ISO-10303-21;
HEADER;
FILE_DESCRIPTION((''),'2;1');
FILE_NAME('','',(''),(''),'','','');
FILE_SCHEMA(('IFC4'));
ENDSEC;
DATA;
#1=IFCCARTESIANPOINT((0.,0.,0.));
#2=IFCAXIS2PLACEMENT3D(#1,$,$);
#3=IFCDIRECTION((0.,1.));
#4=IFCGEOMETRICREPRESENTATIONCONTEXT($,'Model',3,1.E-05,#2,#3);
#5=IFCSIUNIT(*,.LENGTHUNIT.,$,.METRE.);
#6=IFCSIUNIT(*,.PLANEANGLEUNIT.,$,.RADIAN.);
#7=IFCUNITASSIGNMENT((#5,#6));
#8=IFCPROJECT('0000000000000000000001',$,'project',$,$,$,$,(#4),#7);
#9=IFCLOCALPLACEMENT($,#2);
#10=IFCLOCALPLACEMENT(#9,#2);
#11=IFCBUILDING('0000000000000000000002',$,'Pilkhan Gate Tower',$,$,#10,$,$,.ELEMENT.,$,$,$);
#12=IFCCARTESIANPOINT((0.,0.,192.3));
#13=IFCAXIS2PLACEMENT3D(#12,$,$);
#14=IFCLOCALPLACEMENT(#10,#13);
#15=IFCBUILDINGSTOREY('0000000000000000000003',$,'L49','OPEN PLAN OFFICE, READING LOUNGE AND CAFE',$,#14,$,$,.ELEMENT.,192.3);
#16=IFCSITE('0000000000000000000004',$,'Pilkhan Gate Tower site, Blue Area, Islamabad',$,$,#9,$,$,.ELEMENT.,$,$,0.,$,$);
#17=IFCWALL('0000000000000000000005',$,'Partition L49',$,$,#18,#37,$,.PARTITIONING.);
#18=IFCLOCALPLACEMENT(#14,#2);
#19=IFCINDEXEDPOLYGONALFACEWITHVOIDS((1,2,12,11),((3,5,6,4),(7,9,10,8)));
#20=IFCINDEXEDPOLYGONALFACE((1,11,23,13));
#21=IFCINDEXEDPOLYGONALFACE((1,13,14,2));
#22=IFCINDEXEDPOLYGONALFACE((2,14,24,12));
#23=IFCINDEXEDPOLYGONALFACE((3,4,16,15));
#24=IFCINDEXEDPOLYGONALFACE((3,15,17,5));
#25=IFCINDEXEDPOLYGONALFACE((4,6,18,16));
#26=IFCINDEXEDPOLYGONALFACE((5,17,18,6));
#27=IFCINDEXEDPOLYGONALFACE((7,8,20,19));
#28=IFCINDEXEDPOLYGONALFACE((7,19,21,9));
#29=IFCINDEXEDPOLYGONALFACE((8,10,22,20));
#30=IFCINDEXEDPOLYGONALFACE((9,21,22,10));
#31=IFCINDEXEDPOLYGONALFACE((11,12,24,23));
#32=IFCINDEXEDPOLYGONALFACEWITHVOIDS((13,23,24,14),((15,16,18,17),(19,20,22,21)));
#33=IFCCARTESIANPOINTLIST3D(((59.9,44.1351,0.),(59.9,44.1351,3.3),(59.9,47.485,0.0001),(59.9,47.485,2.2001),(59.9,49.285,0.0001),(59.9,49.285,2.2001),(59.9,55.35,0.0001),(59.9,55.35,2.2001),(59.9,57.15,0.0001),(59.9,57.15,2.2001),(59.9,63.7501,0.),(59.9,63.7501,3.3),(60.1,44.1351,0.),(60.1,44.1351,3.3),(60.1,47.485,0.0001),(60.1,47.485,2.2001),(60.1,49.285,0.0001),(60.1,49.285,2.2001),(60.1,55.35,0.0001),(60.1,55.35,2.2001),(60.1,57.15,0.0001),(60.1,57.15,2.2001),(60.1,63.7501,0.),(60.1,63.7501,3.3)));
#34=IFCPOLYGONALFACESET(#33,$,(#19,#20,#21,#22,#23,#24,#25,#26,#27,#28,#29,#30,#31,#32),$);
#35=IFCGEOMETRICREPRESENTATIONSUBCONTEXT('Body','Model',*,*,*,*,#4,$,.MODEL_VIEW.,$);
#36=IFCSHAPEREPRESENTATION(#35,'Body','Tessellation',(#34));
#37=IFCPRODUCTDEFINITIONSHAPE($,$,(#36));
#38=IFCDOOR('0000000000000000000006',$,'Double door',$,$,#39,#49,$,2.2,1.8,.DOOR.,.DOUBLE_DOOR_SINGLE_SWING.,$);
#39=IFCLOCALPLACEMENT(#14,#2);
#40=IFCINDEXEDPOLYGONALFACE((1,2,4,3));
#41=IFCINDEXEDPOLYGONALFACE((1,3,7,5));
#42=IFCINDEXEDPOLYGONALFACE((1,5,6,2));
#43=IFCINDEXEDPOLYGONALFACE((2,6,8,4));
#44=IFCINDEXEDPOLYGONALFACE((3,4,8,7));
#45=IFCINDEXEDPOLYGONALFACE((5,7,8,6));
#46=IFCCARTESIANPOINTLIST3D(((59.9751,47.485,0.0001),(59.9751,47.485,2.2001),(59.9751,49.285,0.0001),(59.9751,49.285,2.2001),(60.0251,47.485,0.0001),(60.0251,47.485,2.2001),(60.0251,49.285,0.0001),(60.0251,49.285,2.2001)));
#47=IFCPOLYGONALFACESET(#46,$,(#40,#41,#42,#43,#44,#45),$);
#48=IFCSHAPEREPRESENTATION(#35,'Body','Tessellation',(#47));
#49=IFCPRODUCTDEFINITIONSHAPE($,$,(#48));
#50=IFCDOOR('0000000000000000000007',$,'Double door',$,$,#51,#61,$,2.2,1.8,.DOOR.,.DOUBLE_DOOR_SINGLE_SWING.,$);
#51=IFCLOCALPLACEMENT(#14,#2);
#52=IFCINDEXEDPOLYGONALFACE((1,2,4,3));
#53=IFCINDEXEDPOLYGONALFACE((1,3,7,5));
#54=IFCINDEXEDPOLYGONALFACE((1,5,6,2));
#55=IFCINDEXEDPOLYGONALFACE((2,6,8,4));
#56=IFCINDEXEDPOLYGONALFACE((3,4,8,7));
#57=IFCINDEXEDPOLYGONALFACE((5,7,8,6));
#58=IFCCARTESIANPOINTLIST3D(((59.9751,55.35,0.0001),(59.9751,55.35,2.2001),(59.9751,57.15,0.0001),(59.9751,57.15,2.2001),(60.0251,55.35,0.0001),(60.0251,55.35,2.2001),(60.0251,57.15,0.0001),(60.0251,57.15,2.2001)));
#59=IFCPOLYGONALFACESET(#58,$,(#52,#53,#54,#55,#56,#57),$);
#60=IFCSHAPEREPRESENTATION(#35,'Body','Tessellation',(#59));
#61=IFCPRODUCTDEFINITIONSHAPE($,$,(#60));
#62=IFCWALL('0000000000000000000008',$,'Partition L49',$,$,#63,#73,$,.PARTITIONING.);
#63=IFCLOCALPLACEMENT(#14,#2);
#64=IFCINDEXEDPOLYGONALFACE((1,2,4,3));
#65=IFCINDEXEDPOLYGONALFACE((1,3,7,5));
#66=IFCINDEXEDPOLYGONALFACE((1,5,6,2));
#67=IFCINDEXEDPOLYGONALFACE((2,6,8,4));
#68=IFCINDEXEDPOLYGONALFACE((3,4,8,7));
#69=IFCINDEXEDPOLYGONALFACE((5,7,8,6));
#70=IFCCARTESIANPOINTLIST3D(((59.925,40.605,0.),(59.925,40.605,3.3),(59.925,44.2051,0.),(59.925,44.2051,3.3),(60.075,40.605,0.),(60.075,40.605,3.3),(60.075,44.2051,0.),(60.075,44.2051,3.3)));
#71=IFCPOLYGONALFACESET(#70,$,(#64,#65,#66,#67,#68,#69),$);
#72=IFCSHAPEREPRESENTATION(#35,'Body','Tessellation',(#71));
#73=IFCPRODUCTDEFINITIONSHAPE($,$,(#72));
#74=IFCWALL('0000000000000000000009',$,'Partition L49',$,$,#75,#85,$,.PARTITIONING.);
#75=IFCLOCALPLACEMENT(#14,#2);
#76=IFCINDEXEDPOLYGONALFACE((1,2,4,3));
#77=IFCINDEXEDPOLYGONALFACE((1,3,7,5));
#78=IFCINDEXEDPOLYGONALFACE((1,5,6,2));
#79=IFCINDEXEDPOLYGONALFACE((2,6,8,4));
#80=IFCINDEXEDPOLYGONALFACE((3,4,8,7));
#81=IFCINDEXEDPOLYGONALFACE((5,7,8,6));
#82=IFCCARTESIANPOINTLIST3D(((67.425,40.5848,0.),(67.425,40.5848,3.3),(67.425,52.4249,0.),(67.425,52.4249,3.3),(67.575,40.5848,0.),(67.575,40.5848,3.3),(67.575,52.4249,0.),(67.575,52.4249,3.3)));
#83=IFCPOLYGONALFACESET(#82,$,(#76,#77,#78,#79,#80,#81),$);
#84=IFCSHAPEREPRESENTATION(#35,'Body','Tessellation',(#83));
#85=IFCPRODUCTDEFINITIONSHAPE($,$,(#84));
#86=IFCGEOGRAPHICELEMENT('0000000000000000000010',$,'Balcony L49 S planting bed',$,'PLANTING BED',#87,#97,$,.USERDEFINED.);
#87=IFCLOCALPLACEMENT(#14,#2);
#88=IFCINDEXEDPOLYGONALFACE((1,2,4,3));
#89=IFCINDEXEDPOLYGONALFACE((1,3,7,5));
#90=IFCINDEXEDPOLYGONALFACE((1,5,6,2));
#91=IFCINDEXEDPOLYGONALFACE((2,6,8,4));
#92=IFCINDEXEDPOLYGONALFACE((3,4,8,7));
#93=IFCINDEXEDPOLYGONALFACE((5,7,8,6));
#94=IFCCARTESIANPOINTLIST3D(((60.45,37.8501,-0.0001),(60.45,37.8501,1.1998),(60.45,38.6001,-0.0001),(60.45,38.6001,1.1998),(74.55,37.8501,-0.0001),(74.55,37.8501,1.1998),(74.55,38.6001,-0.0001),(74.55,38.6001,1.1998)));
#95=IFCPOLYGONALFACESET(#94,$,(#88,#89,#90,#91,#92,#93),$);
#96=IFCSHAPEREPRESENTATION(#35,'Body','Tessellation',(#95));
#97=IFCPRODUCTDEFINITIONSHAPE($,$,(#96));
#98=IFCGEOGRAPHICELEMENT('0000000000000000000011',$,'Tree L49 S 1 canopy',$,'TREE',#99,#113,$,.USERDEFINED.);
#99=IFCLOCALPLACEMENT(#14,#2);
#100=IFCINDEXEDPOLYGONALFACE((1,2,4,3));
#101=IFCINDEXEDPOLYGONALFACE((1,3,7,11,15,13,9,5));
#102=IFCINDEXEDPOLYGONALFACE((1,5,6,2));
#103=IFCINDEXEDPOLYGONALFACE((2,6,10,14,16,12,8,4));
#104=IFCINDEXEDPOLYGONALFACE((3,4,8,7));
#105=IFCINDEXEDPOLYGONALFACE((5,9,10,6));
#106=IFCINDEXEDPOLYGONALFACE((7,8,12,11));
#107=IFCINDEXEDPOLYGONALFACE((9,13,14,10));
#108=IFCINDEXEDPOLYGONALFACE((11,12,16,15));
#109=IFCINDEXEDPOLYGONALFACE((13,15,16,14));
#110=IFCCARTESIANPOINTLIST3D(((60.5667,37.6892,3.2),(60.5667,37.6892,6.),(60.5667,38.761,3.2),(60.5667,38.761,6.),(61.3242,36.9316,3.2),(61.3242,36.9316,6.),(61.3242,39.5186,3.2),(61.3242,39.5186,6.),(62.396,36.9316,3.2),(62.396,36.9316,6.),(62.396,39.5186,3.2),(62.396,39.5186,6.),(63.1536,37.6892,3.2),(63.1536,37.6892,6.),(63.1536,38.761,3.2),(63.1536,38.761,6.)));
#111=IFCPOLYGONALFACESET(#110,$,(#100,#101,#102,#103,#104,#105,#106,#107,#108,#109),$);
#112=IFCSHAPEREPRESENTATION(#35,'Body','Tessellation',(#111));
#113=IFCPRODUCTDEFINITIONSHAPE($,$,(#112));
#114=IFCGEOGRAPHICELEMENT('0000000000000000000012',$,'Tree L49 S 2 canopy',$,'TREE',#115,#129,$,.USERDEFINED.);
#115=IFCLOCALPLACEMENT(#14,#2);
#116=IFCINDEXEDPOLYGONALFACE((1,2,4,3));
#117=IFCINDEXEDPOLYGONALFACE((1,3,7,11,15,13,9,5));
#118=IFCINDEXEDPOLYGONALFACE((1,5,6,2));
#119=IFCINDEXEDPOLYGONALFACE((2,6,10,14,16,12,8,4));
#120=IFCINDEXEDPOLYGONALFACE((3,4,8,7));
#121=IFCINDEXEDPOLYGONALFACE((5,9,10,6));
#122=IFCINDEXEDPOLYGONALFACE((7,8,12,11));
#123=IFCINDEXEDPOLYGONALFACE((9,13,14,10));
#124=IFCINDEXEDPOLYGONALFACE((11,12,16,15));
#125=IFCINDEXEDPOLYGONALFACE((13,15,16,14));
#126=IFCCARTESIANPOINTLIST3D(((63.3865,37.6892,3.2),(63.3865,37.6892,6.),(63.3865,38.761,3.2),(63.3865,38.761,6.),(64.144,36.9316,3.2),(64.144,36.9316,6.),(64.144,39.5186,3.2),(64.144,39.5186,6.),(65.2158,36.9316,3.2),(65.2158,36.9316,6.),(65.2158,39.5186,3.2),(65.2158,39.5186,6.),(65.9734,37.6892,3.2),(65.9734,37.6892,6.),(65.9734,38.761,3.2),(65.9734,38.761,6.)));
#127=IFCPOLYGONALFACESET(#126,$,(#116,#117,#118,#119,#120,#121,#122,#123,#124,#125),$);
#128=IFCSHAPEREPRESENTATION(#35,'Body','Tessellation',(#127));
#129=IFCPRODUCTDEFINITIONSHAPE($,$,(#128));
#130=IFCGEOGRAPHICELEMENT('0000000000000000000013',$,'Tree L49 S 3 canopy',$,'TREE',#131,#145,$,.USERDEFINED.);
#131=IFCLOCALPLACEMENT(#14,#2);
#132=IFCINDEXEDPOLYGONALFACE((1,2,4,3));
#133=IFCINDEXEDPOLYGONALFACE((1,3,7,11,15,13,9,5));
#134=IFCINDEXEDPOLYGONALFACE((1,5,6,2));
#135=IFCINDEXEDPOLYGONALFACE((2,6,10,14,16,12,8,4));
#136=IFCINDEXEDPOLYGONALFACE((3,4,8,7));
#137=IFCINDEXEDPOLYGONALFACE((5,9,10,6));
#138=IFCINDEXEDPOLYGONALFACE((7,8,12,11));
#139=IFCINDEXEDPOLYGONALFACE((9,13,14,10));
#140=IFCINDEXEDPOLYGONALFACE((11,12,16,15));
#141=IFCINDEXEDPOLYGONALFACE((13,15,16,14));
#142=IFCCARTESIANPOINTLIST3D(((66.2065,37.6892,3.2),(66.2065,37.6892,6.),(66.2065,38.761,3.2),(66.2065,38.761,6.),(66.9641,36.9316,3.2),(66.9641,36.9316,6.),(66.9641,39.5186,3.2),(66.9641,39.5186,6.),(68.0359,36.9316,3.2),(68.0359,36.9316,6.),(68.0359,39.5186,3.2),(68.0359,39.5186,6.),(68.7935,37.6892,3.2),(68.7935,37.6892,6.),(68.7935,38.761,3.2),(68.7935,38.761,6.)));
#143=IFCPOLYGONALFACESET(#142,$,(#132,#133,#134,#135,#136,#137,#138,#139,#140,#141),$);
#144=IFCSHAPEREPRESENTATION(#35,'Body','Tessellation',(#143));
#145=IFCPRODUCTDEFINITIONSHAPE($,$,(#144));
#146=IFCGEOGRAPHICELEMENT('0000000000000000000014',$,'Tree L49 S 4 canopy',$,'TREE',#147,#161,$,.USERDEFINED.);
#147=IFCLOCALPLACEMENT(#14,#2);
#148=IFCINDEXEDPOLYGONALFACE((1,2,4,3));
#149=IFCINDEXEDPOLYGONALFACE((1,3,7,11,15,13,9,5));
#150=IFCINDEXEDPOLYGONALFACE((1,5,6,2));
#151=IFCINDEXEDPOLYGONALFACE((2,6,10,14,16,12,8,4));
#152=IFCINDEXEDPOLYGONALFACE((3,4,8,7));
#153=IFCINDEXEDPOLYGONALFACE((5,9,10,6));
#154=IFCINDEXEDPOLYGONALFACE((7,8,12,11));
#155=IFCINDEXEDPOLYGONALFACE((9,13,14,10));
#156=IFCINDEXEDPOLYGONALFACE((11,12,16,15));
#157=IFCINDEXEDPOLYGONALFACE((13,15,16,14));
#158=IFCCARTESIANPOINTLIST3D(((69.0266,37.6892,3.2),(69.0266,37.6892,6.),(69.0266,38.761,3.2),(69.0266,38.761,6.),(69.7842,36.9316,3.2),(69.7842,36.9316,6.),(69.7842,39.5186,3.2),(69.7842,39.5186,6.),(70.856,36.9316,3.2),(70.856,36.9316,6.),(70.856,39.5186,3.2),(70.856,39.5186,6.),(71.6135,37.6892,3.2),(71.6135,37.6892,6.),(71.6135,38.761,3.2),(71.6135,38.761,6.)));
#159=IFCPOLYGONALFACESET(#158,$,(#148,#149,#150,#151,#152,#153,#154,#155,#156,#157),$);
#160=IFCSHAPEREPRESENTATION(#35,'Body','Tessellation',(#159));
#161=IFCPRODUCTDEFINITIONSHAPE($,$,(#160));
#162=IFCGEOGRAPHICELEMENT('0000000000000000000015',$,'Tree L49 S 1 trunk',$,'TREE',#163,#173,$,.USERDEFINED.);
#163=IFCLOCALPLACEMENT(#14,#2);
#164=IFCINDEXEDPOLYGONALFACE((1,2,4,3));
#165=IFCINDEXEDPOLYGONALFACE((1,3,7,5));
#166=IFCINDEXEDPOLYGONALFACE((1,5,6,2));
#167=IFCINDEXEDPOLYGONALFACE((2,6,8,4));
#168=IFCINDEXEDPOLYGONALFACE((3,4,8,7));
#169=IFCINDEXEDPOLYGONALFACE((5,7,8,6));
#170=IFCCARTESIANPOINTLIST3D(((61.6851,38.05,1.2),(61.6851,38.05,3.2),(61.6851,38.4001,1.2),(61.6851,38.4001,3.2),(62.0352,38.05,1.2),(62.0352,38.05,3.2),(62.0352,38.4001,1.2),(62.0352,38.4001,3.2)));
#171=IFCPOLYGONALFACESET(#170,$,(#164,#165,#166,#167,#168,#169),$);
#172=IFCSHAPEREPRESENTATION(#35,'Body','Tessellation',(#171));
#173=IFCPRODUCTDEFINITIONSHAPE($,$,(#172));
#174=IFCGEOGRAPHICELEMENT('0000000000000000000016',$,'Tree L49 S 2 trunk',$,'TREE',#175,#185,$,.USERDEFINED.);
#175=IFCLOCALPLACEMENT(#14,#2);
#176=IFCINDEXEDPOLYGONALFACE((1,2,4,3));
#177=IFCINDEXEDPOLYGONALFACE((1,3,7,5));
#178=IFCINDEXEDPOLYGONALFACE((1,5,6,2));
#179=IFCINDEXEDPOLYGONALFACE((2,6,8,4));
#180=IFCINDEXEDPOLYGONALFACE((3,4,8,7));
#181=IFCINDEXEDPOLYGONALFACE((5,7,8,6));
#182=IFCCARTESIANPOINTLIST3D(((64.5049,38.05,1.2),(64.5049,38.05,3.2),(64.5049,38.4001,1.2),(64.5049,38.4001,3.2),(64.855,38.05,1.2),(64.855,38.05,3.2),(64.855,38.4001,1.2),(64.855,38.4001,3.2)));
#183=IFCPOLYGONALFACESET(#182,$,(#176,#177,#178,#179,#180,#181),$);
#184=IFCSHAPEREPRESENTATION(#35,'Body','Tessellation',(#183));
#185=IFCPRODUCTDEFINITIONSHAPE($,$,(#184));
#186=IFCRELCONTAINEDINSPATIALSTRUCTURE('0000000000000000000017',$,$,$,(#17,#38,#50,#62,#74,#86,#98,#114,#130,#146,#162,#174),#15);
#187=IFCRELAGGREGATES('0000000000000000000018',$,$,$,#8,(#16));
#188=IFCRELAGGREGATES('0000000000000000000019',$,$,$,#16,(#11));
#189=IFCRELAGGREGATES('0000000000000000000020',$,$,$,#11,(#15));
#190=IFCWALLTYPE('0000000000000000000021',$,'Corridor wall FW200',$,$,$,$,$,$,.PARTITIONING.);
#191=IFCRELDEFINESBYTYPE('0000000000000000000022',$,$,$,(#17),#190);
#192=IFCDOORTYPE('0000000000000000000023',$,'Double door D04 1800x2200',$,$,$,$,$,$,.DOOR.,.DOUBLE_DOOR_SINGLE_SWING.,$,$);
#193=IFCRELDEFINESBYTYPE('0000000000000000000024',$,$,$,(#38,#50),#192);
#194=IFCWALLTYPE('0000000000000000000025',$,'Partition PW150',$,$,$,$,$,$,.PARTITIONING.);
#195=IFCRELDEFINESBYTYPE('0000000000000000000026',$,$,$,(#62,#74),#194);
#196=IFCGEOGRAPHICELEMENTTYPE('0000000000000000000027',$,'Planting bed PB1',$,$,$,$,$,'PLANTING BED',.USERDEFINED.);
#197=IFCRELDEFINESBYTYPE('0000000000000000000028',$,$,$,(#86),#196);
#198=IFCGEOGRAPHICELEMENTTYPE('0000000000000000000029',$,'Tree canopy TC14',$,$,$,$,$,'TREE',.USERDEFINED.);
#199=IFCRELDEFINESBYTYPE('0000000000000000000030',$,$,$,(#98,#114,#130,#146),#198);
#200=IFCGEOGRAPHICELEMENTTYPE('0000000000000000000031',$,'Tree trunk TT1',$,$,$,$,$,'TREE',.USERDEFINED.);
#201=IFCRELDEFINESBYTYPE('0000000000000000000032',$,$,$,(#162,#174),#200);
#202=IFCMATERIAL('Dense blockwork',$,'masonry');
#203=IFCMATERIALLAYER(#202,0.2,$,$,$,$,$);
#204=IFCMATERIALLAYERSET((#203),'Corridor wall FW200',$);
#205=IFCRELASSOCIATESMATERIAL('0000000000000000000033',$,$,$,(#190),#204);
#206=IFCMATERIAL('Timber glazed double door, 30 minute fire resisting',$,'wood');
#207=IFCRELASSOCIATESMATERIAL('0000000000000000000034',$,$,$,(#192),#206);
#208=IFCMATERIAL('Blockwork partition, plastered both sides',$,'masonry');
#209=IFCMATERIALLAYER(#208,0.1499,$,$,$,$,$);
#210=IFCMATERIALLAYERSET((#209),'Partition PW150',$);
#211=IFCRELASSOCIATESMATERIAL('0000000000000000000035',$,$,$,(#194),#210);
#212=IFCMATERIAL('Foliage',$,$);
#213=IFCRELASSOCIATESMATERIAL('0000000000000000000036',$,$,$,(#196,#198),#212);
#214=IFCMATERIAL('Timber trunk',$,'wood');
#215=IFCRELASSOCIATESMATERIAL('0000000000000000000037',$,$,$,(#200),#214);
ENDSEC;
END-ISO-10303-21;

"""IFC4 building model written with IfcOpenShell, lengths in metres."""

from ifc_helpers import new_model, si_unit, direction, frame, frame_2d, origin, origin_2d, place, context, subcontext, project, spatial, polyline, rectangle, outline, extrude, material, layer, layer_set, material_profile, profile_set, type_object, element, fill, save


model = new_model("IFC4")

# Units and contexts
model_context = context("Model", 3, precision=1e-05, world=origin(), true_north=direction((0.0, 1.0)))
body_context = subcontext(model_context, "Body", "Model", "MODEL_VIEW")
ifc_project = project(units=[si_unit("LENGTHUNIT", "METRE"), si_unit("PLANEANGLEUNIT", "RADIAN")], contexts=[model_context])

# Site, building, storey
site_placement = place(None, origin())
site = spatial("IfcSite", under=ifc_project, at=site_placement, Name="Pilkhan Gate Tower site, Blue Area, Islamabad", CompositionType="ELEMENT", RefElevation=0.0)
building_placement = place(site_placement, origin())
building = spatial("IfcBuilding", under=site, at=building_placement, Name="Pilkhan Gate Tower", CompositionType="ELEMENT")
storey_placement = place(building_placement, frame((0.0, 0.0, 192.3)))
storey = spatial("IfcBuildingStorey", under=building, at=storey_placement, Name="L49", Description="OPEN PLAN OFFICE, READING LOUNGE AND CAFE", CompositionType="ELEMENT", Elevation=192.3)

# Shared definitions
ifc_material_1 = material(Name="Dense blockwork", Category="masonry")
ifc_layer_1 = layer(ifc_material_1, 0.2)
ifc_layer_set_1 = layer_set([ifc_layer_1], Name="Corridor wall FW200")
wall_type_1 = type_object("IfcWallType", Name="Corridor wall FW200", PredefinedType="PARTITIONING", material=ifc_layer_set_1)

# Wall, openings, doors
wall_1_placement = place(storey_placement, frame((60.0, 44.135, 0.0), z_axis=(0.0, 0.0, 1.0), x_axis=(0.0, 1.0, 0.0)))
wall_1 = element("IfcWall", 1, at=wall_1_placement, inside=storey, type_object=wall_type_1, Name="Partition L49", PredefinedType="PARTITIONING", context=body_context, shape_type="SweptSolid", body=[
    extrude(rectangle(XDim=19.615, YDim=0.2, at=frame_2d((9.8076, 0.0))), origin(), (0.0, 0.0, 1.0), 3.3),
])
opening_1_placement = place(wall_1_placement, frame((3.3501, 0.0, 0.0)))
opening_1 = element("IfcOpeningElement", 2, at=opening_1_placement, cuts=wall_1, PredefinedType="OPENING", context=body_context, shape_type="SweptSolid", body=[
    extrude(rectangle(XDim=1.8, YDim=2.2, at=frame_2d((0.8999, 1.1001))), frame((0.0, 0.1099, 0.0), z_axis=(0.0, -1.0, 0.0), x_axis=(1.0, 0.0, 0.0)), (0.0, 0.0, 1.0), 0.22),
])
opening_2_placement = place(wall_1_placement, frame((11.2151, 0.0, 0.0)))
opening_2 = element("IfcOpeningElement", 3, at=opening_2_placement, cuts=wall_1, PredefinedType="OPENING", context=body_context, shape_type="SweptSolid", body=[
    extrude(rectangle(XDim=1.8, YDim=2.2, at=frame_2d((0.8999, 1.1001))), frame((0.0, 0.1099, 0.0), z_axis=(0.0, -1.0, 0.0), x_axis=(1.0, 0.0, 0.0)), (0.0, 0.0, 1.0), 0.22),
])
ifc_material_2 = material(Name="Timber glazed double door, 30 minute fire resisting", Category="wood")
door_type_1 = type_object("IfcDoorType", Name="Double door D04 1800x2200", OperationType="DOUBLE_DOOR_SINGLE_SWING", PredefinedType="DOOR", material=ifc_material_2)
door_1_placement = place(opening_1_placement, origin())
door_1 = element("IfcDoor", 4, at=door_1_placement, inside=storey, type_object=door_type_1, Name="Double door", OperationType="DOUBLE_DOOR_SINGLE_SWING", OverallHeight=2.2, OverallWidth=1.8, PredefinedType="DOOR", context=body_context, shape_type="SweptSolid", body=[
    extrude(rectangle(XDim=1.8, YDim=2.2, at=frame_2d((0.8999, 1.1001))), frame((0.0, 0.0249, 0.0), z_axis=(0.0, -1.0, 0.0), x_axis=(1.0, 0.0, 0.0)), (0.0, 0.0, 1.0), 0.05),
])
fill(opening_1, door_1)
door_2_placement = place(opening_2_placement, origin())
door_2 = element("IfcDoor", 5, at=door_2_placement, inside=storey, type_object=door_type_1, Name="Double door", OperationType="DOUBLE_DOOR_SINGLE_SWING", OverallHeight=2.2, OverallWidth=1.8, PredefinedType="DOOR", context=body_context, shape_type="SweptSolid", body=[
    extrude(rectangle(XDim=1.8, YDim=2.2, at=frame_2d((0.8999, 1.1001))), frame((0.0, 0.0249, 0.0), z_axis=(0.0, -1.0, 0.0), x_axis=(1.0, 0.0, 0.0)), (0.0, 0.0, 1.0), 0.05),
])
fill(opening_2, door_2)

# Walls
ifc_material_3 = material(Name="Blockwork partition, plastered both sides", Category="masonry")
ifc_layer_2 = layer(ifc_material_3, 0.1499)
ifc_layer_set_2 = layer_set([ifc_layer_2], Name="Partition PW150")
wall_type_2 = type_object("IfcWallType", Name="Partition PW150", PredefinedType="PARTITIONING", material=ifc_layer_set_2)
wall_2_placement = place(storey_placement, frame((60.0, 40.605, 0.0), z_axis=(0.0, 0.0, 1.0), x_axis=(0.0, 1.0, 0.0)))
element("IfcWall", 6, at=wall_2_placement, inside=storey, type_object=wall_type_2, Name="Partition L49", PredefinedType="PARTITIONING", context=body_context, shape_type="SweptSolid", body=[
    extrude(rectangle(XDim=3.6001, YDim=0.1499, at=frame_2d((1.8, 0.0))), origin(), (0.0, 0.0, 1.0), 3.3),
])
wall_3_placement = place(storey_placement, frame((67.5, 40.585, 0.0), z_axis=(0.0, 0.0, 1.0), x_axis=(0.0, 1.0, 0.0)))
element("IfcWall", 7, at=wall_3_placement, inside=storey, type_object=wall_type_2, Name="Partition L49", PredefinedType="PARTITIONING", context=body_context, shape_type="SweptSolid", body=[
    extrude(rectangle(XDim=11.8401, YDim=0.1499, at=frame_2d((5.9199, 0.0))), origin(), (0.0, 0.0, 1.0), 3.3),
])

# Geographic elements
ifc_material_4 = material(Name="Foliage")
ifc_material_profile_1 = material_profile(ifc_material_4, rectangle(XDim=0.75, YDim=1.2, at=origin_2d()), Name="Bed 750x1200")
ifc_profile_set_1 = profile_set([ifc_material_profile_1], Name="Foliage")
geographic_element_type_1 = type_object("IfcGeographicElementType", Name="Planting bed PB1", ElementType="PLANTING BED", PredefinedType="USERDEFINED", material=ifc_profile_set_1)
geographic_element_placement = place(storey_placement, frame((60.45, 38.2251, 0.5999), z_axis=(1.0, 0.0, 0.0), x_axis=(0.0, 1.0, 0.0)))
element("IfcGeographicElement", 8, at=geographic_element_placement, inside=storey, type_object=geographic_element_type_1, Name="Balcony L49 S planting bed", ObjectType="PLANTING BED", PredefinedType="USERDEFINED", context=body_context, shape_type="SweptSolid", body=[
    extrude(rectangle(XDim=0.75, YDim=1.2, at=origin_2d()), origin(), (0.0, 0.0, 1.0), 14.1001),
])
ifc_material_profile_2 = material_profile(ifc_material_4, outline(polyline([(1.2935, 0.5359), (0.5359, 1.2935), (-0.5359, 1.2935), (-1.2935, 0.5359), (-1.2935, -0.5359), (-0.5359, -1.2935), (0.5359, -1.2935), (1.2935, -0.5359), (1.2935, 0.5359)])), Name="Canopy D2.8")
ifc_profile_set_2 = profile_set([ifc_material_profile_2], Name="Foliage")
geographic_element_type_2 = type_object("IfcGeographicElementType", Name="Tree canopy TC14", ElementType="TREE", PredefinedType="USERDEFINED", material=ifc_profile_set_2)
for number, where, z_axis, x_axis, name in (
    (9, (61.8601, 38.2251, 3.2), (0.0, 0.0, 1.0), (1.0, 0.0, 0.0), "Tree L49 S 1 canopy"),
    (10, (64.6799, 38.2251, 3.2), (0.0, 0.0, 1.0), (1.0, 0.0, 0.0), "Tree L49 S 2 canopy"),
    (11, (67.5, 38.2251, 3.2), (0.0, 0.0, 1.0), (1.0, 0.0, 0.0), "Tree L49 S 3 canopy"),
    (12, (70.3201, 38.2251, 3.2), (0.0, 0.0, 1.0), (1.0, 0.0, 0.0), "Tree L49 S 4 canopy"),
):
    element("IfcGeographicElement", number, at=place(storey_placement, frame(where, z_axis=z_axis, x_axis=x_axis)), inside=storey, type_object=geographic_element_type_2, Name=name, ObjectType="TREE", PredefinedType="USERDEFINED", context=body_context, shape_type="SweptSolid", body=[
        extrude(outline(polyline([(1.2935, 0.5359), (0.5359, 1.2935), (-0.5359, 1.2935), (-1.2935, 0.5359), (-1.2935, -0.5359), (-0.5359, -1.2935), (0.5359, -1.2935), (1.2935, -0.5359), (1.2935, 0.5359)])), origin(), (0.0, 0.0, 1.0), 2.8),
    ])
ifc_material_5 = material(Name="Timber trunk", Category="wood")
geographic_element_type_3 = type_object("IfcGeographicElementType", Name="Tree trunk TT1", ElementType="TREE", PredefinedType="USERDEFINED", material=ifc_material_5)
for number, where, z_axis, x_axis, name in (
    (13, (61.8601, 38.2251, 1.2), (0.0, 0.0, 1.0), (1.0, 0.0, 0.0), "Tree L49 S 1 trunk"),
    (14, (64.6799, 38.2251, 1.2), (0.0, 0.0, 1.0), (1.0, 0.0, 0.0), "Tree L49 S 2 trunk"),
):
    element("IfcGeographicElement", number, at=place(storey_placement, frame(where, z_axis=z_axis, x_axis=x_axis)), inside=storey, type_object=geographic_element_type_3, Name=name, ObjectType="TREE", PredefinedType="USERDEFINED", context=body_context, shape_type="SweptSolid", body=[
        extrude(rectangle(XDim=0.3501, YDim=0.3501, at=origin_2d()), origin(), (0.0, 0.0, 1.0), 2.0),
    ])

save(model, "model.ifc")
